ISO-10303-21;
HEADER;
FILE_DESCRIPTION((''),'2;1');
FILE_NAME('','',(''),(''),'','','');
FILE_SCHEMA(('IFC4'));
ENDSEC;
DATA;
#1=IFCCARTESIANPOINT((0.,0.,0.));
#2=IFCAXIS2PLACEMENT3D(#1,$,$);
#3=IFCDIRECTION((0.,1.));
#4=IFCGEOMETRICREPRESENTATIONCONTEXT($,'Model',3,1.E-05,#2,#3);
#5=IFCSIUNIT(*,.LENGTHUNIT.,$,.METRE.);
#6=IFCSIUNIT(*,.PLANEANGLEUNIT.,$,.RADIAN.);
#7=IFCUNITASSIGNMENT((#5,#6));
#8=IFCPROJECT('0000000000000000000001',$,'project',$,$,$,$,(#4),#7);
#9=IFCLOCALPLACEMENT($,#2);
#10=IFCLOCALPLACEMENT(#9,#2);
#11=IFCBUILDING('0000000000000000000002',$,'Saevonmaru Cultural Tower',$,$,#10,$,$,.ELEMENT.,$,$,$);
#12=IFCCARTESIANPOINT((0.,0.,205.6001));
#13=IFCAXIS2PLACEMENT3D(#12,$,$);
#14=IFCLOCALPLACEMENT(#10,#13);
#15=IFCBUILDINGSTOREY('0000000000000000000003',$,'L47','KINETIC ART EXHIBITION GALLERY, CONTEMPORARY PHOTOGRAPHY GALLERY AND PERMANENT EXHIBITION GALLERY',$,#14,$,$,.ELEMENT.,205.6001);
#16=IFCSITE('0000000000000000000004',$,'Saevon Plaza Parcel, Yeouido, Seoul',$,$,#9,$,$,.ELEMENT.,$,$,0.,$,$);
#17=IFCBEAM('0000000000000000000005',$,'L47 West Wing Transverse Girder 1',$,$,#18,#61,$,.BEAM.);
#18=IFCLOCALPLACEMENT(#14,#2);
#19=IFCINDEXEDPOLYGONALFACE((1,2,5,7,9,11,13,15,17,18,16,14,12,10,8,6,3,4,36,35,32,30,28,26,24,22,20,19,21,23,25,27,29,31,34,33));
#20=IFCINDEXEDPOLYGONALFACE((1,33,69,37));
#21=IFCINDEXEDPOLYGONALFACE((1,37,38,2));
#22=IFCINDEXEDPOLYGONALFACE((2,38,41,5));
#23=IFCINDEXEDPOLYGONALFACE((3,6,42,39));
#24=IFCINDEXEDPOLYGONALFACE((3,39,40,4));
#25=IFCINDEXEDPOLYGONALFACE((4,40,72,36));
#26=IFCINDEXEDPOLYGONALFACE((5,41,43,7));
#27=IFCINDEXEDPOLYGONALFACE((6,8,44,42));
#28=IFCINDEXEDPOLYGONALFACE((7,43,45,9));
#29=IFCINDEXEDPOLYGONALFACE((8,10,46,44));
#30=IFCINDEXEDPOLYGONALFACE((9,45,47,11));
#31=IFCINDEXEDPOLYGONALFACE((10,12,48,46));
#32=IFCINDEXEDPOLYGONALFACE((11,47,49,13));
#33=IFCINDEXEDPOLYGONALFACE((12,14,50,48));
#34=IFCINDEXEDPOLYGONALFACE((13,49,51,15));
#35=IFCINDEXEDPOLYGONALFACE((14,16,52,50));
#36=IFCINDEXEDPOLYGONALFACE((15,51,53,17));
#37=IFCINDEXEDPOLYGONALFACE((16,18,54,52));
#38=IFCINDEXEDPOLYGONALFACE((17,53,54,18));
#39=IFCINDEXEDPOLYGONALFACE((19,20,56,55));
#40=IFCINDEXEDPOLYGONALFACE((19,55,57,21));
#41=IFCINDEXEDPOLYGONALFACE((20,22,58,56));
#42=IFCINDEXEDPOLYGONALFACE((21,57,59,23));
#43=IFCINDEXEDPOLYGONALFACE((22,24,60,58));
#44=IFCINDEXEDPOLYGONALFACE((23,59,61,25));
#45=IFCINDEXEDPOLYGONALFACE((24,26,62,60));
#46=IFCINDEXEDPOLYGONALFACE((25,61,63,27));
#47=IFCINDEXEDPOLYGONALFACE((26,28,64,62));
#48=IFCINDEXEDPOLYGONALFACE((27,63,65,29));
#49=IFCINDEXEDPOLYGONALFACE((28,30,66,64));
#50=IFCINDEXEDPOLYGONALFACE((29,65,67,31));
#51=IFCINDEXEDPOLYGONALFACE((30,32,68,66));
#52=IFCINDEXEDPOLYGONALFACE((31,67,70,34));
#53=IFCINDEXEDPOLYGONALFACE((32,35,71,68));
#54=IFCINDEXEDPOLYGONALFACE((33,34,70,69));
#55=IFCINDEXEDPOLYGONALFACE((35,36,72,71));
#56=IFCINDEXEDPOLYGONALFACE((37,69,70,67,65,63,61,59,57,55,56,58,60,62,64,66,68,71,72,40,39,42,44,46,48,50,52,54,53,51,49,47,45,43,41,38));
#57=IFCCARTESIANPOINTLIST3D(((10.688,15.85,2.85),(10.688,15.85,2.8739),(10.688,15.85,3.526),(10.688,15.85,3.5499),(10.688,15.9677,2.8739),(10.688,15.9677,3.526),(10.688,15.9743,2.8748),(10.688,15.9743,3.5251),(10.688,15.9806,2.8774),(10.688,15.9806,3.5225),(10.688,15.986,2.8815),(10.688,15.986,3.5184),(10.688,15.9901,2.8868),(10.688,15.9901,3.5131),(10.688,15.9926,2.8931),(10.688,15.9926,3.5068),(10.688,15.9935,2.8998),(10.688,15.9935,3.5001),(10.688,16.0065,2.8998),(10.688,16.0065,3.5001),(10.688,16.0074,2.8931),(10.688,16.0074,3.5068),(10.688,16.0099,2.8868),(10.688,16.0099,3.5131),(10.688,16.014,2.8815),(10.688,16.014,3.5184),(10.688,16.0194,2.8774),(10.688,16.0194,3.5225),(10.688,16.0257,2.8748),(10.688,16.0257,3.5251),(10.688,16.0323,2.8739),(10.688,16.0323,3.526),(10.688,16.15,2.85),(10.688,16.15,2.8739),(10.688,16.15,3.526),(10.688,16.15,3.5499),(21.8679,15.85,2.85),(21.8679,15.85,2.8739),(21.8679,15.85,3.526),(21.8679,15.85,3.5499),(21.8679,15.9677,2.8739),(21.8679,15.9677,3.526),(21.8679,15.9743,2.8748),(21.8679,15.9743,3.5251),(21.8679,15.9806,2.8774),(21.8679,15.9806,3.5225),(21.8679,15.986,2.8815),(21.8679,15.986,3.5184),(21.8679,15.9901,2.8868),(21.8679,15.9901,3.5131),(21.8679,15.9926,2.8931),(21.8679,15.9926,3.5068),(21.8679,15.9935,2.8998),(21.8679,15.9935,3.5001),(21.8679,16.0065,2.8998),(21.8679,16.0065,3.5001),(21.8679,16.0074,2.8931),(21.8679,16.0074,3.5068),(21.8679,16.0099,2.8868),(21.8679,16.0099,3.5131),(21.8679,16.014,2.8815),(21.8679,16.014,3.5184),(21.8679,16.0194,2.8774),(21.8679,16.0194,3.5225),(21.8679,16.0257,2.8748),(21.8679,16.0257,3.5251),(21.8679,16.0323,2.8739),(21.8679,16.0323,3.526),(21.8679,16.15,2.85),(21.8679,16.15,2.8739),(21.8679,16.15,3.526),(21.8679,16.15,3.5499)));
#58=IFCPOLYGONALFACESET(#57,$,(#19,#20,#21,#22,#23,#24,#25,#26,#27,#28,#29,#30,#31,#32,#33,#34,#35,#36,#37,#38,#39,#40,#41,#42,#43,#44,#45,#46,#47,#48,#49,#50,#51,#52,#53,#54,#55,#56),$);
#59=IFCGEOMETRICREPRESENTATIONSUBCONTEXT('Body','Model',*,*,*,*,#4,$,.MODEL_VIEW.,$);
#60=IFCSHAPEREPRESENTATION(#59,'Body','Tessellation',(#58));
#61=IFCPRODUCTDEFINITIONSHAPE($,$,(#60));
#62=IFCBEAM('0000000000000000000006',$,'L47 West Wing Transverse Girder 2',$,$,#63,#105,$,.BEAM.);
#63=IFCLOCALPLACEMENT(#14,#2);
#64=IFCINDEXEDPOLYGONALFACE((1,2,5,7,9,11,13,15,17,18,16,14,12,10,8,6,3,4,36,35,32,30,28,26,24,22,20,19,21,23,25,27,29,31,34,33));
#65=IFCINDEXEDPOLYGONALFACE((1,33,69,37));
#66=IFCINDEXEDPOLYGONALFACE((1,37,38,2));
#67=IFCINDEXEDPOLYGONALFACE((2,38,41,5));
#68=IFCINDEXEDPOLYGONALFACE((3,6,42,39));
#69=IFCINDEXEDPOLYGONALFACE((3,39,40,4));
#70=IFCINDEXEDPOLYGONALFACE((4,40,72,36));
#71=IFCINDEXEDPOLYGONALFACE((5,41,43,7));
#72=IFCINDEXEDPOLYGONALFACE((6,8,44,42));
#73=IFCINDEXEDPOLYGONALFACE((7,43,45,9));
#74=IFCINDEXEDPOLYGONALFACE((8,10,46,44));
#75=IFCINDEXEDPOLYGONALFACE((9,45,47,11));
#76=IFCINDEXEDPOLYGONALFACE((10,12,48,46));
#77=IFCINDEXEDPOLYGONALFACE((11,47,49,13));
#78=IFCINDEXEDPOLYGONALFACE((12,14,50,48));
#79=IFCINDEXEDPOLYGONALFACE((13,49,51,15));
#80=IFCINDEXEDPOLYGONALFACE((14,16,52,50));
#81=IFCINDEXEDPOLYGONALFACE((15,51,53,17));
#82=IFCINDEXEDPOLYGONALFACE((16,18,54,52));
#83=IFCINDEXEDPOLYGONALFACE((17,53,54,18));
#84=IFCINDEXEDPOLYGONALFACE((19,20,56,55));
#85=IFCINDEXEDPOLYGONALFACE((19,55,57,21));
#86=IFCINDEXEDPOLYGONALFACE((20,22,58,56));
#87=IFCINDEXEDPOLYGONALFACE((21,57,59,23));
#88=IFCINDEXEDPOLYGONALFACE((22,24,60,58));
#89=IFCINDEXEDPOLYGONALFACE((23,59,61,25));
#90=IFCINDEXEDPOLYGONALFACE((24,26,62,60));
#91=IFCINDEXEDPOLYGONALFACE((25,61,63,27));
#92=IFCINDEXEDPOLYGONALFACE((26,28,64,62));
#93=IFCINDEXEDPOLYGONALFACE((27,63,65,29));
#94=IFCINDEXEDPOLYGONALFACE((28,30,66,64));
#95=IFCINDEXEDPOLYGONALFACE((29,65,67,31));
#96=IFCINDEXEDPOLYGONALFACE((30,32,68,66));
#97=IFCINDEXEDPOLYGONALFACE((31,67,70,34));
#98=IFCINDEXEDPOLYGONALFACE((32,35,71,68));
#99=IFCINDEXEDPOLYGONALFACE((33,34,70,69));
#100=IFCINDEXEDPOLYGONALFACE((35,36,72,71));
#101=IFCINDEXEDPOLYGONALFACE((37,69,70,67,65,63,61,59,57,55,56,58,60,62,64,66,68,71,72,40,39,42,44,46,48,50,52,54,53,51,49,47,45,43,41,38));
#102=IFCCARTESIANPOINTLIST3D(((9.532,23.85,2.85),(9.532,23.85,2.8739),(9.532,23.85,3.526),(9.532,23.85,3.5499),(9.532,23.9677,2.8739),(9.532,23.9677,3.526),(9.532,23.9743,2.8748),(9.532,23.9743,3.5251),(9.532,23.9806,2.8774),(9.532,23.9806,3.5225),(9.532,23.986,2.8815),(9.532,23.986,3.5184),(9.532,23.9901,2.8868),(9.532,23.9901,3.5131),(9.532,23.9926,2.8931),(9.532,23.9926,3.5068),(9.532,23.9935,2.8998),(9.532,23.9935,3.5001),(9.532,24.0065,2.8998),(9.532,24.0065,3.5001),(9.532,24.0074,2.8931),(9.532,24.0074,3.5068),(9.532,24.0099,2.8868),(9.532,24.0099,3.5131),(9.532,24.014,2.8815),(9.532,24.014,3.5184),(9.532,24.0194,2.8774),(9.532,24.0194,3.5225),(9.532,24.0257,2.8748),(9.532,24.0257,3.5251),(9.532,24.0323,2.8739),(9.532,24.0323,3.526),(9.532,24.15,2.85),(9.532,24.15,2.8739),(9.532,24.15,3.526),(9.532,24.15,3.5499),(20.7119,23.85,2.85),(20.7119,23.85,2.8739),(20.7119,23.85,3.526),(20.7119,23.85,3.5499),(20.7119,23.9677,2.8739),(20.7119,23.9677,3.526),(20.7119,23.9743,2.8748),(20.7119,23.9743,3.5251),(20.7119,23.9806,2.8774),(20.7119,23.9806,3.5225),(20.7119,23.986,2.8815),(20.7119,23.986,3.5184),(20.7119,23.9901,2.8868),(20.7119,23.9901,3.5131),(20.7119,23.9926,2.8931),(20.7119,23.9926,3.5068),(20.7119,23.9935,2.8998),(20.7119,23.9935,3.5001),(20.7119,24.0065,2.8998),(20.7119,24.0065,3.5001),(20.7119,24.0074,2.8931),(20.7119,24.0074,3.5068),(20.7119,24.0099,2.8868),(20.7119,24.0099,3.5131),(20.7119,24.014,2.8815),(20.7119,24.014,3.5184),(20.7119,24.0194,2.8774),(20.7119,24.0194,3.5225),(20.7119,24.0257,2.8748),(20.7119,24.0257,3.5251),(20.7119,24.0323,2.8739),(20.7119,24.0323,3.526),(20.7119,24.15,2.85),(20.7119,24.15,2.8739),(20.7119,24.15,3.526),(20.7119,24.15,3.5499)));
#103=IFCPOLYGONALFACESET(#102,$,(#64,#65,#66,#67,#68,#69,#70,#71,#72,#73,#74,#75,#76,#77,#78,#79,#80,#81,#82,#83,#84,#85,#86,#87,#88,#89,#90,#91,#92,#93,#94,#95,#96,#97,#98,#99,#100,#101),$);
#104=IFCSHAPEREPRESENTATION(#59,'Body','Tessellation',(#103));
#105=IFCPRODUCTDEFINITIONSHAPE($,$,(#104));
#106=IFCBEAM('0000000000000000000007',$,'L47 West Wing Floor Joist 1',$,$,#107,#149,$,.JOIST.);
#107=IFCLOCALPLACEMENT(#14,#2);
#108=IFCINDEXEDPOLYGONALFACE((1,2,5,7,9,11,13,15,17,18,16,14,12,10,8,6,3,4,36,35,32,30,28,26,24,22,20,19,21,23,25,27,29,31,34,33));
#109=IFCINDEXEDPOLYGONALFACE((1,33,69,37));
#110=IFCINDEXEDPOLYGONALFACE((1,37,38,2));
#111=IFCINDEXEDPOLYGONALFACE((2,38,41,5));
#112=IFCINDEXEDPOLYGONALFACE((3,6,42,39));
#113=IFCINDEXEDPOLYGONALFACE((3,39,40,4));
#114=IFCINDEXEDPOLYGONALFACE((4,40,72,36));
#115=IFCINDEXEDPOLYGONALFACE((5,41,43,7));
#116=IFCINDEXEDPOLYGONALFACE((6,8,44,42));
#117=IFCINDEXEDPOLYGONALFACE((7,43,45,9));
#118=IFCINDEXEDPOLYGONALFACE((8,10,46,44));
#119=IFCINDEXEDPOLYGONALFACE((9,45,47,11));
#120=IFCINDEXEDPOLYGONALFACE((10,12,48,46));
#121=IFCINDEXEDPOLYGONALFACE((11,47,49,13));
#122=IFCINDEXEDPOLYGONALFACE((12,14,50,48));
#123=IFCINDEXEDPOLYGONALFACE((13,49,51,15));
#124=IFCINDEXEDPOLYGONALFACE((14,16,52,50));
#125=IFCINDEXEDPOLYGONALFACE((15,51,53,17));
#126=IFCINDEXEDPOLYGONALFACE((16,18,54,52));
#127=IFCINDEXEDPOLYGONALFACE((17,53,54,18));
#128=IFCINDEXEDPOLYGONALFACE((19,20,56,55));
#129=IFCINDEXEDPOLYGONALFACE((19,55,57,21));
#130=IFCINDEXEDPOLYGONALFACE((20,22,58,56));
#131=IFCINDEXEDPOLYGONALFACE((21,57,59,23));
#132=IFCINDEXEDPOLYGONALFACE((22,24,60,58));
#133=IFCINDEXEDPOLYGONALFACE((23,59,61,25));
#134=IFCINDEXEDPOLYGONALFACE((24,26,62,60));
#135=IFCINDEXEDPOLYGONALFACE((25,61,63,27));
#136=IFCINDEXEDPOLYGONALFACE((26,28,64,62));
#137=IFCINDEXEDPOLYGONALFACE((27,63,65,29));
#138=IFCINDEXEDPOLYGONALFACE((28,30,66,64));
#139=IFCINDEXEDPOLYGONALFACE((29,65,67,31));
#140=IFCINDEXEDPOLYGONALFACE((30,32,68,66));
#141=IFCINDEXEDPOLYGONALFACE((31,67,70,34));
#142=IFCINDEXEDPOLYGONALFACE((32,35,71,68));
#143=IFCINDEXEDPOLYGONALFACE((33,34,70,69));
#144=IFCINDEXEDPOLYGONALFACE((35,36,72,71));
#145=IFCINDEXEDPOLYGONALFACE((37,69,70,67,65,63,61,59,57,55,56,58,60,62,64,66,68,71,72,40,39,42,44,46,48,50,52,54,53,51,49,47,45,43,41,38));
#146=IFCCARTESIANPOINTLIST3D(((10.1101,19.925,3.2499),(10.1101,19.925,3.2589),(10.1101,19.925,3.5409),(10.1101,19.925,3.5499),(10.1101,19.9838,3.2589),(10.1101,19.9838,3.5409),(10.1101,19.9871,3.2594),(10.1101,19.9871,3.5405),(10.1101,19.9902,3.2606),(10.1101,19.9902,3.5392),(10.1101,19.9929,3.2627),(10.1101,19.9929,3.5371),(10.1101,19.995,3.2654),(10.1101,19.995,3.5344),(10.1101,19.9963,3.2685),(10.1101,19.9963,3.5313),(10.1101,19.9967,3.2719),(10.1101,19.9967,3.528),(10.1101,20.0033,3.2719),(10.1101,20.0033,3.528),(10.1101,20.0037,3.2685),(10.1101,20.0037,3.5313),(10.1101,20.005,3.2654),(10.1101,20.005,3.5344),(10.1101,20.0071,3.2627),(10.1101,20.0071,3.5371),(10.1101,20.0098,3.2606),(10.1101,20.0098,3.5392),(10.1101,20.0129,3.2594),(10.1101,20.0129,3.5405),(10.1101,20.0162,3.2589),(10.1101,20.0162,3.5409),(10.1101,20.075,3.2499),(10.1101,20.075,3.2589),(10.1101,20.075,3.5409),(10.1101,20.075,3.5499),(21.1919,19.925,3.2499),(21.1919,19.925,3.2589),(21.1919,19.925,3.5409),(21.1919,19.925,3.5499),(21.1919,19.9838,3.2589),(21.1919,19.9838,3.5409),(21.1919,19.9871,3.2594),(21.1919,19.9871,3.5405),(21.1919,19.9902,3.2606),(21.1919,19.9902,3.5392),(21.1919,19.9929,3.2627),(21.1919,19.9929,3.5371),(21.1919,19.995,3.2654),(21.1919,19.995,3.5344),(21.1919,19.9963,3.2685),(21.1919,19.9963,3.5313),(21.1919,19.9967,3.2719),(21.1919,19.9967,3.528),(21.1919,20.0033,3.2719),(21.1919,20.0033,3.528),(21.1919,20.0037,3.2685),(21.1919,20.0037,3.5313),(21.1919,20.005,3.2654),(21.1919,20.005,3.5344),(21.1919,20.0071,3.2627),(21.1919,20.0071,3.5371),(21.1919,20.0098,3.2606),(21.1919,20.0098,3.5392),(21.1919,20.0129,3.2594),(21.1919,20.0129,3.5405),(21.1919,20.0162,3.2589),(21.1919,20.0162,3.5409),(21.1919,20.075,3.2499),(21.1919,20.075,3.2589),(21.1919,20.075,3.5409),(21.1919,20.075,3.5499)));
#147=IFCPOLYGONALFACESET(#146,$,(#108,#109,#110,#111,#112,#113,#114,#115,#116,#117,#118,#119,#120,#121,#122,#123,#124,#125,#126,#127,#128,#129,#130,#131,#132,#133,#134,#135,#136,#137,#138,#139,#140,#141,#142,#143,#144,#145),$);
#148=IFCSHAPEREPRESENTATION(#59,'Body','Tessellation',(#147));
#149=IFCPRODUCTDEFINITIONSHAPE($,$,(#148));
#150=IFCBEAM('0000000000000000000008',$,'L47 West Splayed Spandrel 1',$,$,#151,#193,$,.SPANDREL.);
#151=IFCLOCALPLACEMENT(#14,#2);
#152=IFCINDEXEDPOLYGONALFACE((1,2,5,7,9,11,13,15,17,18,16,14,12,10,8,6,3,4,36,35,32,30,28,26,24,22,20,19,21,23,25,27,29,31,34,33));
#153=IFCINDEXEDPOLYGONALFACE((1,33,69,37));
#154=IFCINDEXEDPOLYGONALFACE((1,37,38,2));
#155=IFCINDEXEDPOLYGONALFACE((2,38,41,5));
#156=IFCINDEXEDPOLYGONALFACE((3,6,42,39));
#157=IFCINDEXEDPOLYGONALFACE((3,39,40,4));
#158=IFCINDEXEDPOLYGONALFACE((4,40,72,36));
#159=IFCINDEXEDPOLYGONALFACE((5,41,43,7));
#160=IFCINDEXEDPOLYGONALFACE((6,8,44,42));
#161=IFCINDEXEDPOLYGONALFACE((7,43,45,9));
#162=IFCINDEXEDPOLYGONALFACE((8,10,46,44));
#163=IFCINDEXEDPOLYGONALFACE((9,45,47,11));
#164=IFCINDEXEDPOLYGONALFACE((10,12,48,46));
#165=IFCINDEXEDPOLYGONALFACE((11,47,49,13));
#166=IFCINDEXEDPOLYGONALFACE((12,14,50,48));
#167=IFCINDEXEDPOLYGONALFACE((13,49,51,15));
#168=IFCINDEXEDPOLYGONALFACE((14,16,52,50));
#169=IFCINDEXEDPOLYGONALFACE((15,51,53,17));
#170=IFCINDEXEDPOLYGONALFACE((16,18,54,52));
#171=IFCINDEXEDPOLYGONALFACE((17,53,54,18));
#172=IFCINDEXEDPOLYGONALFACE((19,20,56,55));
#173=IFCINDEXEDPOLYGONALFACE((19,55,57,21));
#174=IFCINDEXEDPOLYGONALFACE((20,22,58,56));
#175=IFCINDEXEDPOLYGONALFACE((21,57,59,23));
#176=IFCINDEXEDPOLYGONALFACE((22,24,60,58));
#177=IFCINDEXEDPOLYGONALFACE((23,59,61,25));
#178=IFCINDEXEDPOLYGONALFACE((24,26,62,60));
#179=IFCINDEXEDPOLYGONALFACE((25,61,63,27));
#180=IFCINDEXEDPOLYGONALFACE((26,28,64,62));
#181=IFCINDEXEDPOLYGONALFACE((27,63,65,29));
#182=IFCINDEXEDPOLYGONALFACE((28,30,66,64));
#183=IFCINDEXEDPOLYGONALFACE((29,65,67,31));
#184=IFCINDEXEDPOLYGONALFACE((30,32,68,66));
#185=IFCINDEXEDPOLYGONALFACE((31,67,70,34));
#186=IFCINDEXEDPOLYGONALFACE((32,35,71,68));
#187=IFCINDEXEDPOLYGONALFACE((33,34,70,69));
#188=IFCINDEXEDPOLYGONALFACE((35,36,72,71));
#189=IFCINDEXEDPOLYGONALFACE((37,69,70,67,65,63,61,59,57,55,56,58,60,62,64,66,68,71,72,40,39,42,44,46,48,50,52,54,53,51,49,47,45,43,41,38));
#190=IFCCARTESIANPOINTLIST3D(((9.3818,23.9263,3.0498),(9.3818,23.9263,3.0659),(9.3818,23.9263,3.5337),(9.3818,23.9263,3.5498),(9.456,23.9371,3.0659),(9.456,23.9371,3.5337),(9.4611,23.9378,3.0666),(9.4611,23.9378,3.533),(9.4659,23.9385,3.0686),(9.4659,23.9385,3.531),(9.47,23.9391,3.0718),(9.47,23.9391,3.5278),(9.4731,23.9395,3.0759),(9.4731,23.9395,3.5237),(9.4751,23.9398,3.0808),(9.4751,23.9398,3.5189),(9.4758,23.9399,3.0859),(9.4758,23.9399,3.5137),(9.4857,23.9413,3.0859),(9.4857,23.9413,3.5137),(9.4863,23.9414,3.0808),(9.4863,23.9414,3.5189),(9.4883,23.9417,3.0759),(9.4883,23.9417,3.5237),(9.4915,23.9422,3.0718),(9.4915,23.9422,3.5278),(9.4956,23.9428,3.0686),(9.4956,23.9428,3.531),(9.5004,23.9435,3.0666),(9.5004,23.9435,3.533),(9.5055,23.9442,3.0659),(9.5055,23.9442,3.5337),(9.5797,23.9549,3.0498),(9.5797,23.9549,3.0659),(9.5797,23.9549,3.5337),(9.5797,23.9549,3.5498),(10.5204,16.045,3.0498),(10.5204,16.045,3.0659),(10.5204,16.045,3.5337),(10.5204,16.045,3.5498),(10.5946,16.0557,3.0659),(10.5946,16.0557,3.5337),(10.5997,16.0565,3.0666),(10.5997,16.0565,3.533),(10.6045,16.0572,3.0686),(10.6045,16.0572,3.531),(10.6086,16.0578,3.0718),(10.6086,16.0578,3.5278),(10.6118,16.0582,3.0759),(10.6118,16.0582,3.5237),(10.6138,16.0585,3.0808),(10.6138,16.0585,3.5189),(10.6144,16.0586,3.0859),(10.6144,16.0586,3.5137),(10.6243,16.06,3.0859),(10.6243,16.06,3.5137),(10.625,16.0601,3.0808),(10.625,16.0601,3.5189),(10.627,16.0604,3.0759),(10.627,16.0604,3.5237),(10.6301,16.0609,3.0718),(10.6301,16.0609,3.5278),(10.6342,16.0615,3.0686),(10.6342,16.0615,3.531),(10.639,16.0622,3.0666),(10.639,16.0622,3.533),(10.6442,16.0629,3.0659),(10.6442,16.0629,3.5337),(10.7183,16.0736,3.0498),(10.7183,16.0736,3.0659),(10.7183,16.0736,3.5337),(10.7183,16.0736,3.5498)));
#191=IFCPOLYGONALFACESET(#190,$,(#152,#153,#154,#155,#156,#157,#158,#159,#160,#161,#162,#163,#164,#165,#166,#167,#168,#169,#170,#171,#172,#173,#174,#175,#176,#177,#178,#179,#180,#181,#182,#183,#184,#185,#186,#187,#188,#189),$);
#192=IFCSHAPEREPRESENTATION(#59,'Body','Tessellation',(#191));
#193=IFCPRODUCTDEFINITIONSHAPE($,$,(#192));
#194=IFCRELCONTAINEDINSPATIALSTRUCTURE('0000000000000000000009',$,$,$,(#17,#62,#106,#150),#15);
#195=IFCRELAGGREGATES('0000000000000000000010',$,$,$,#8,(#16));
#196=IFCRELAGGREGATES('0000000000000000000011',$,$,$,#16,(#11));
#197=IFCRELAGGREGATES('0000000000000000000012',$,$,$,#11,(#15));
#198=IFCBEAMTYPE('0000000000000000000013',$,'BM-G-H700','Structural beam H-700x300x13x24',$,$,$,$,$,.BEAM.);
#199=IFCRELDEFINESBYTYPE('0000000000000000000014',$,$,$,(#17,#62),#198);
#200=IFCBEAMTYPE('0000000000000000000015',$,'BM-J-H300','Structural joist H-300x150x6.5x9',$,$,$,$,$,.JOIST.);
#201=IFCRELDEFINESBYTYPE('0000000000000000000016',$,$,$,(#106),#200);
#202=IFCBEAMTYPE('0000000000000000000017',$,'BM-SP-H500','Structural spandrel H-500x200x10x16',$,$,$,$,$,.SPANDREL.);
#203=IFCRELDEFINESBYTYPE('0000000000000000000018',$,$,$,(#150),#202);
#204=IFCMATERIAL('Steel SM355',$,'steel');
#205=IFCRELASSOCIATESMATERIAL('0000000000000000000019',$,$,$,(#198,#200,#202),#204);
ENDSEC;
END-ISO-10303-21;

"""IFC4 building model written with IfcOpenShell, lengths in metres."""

from ifc_helpers import new_model, si_unit, direction, frame, origin, origin_2d, place, context, subcontext, project, spatial, i_section, extrude, material, material_profile, profile_set, type_object, element, save


model = new_model("IFC4")

# Units and contexts
model_context = context("Model", 3, precision=1e-05, world=origin(), true_north=direction((0.0, 1.0)))
body_context = subcontext(model_context, "Body", "Model", "MODEL_VIEW")
ifc_project = project(units=[si_unit("LENGTHUNIT", "METRE"), si_unit("PLANEANGLEUNIT", "RADIAN")], contexts=[model_context])

# Site, building, storey
site_placement = place(None, origin())
site = spatial("IfcSite", under=ifc_project, at=site_placement, Name="Saevon Plaza Parcel, Yeouido, Seoul", CompositionType="ELEMENT", RefElevation=0.0)
building_placement = place(site_placement, origin())
building = spatial("IfcBuilding", under=site, at=building_placement, Name="Saevonmaru Cultural Tower", CompositionType="ELEMENT")
storey_placement = place(building_placement, frame((0.0, 0.0, 205.6001)))
storey = spatial("IfcBuildingStorey", under=building, at=storey_placement, Name="L47", Description="KINETIC ART EXHIBITION GALLERY, CONTEMPORARY PHOTOGRAPHY GALLERY AND PERMANENT EXHIBITION GALLERY", CompositionType="ELEMENT", Elevation=205.6001)

# Shared definitions
ifc_material_1 = material(Name="Steel SM355", Category="steel")

# Beams
ifc_material_profile_1 = material_profile(ifc_material_1, i_section(OverallWidth=0.3, OverallDepth=0.7, WebThickness=0.0129, FlangeThickness=0.0239, FilletRadius=0.0259, at=origin_2d()), Name="H-700x300x13x24")
ifc_profile_set_1 = profile_set([ifc_material_profile_1], Name="Steel SM355")
beam_type_1 = type_object("IfcBeamType", Name="BM-G-H700", Description="Structural beam H-700x300x13x24", PredefinedType="BEAM", material=ifc_profile_set_1)
for number, where, z_axis, x_axis, name in (
    (1, (10.688, 16.0, 3.2), (1.0, 0.0, 0.0), (0.0, 1.0, 0.0), "L47 West Wing Transverse Girder 1"),
    (2, (9.532, 24.0, 3.2), (1.0, 0.0, 0.0), (0.0, 1.0, 0.0), "L47 West Wing Transverse Girder 2"),
):
    element("IfcBeam", number, at=place(storey_placement, frame(where, z_axis=z_axis, x_axis=x_axis)), inside=storey, type_object=beam_type_1, Name=name, PredefinedType="BEAM", context=body_context, shape_type="SweptSolid", body=[
        extrude(i_section(OverallWidth=0.3, OverallDepth=0.7, WebThickness=0.0129, FlangeThickness=0.0239, FilletRadius=0.0259, at=origin_2d()), origin(), (0.0, 0.0, 1.0), 11.1799),
    ])
ifc_material_profile_2 = material_profile(ifc_material_1, i_section(OverallWidth=0.1499, OverallDepth=0.3, WebThickness=0.0066, FlangeThickness=0.009, FilletRadius=0.0129, at=origin_2d()), Name="H-300x150x6.5x9")
ifc_profile_set_2 = profile_set([ifc_material_profile_2], Name="Steel SM355")
beam_type_2 = type_object("IfcBeamType", Name="BM-J-H300", Description="Structural joist H-300x150x6.5x9", PredefinedType="JOIST", material=ifc_profile_set_2)
beam_placement = place(storey_placement, frame((10.1101, 20.0, 3.3999), z_axis=(1.0, 0.0, 0.0), x_axis=(0.0, 1.0, 0.0)))
element("IfcBeam", 3, at=beam_placement, inside=storey, type_object=beam_type_2, Name="L47 West Wing Floor Joist 1", PredefinedType="JOIST", context=body_context, shape_type="SweptSolid", body=[
    extrude(i_section(OverallWidth=0.1499, OverallDepth=0.3, WebThickness=0.0066, FlangeThickness=0.009, FilletRadius=0.0129, at=origin_2d()), origin(), (0.0, 0.0, 1.0), 11.0818),
])
ifc_material_profile_3 = material_profile(ifc_material_1, i_section(OverallWidth=0.2, OverallDepth=0.5, WebThickness=0.01, FlangeThickness=0.0161, FilletRadius=0.02, at=origin_2d()), Name="H-500x200x10x16")
ifc_profile_set_3 = profile_set([ifc_material_profile_3], Name="Steel SM355")
beam_type_3 = type_object("IfcBeamType", Name="BM-SP-H500", Description="Structural spandrel H-500x200x10x16", PredefinedType="SPANDREL", material=ifc_profile_set_3)
for number, where, z_axis, x_axis, name in (
    (4, (10.6194, 16.0593, 3.2998), (-0.142992, 0.989724, 0.0), (-0.989724, -0.142992, 0.0), "L47 West Splayed Spandrel 1"),
):
    element("IfcBeam", number, at=place(storey_placement, frame(where, z_axis=z_axis, x_axis=x_axis)), inside=storey, type_object=beam_type_3, Name=name, PredefinedType="SPANDREL", context=body_context, shape_type="SweptSolid", body=[
        extrude(i_section(OverallWidth=0.2, OverallDepth=0.5, WebThickness=0.01, FlangeThickness=0.0161, FilletRadius=0.02, at=origin_2d()), origin(), (0.0, 0.0, 1.0), 7.9631),
    ])

save(model, "model.ifc")
